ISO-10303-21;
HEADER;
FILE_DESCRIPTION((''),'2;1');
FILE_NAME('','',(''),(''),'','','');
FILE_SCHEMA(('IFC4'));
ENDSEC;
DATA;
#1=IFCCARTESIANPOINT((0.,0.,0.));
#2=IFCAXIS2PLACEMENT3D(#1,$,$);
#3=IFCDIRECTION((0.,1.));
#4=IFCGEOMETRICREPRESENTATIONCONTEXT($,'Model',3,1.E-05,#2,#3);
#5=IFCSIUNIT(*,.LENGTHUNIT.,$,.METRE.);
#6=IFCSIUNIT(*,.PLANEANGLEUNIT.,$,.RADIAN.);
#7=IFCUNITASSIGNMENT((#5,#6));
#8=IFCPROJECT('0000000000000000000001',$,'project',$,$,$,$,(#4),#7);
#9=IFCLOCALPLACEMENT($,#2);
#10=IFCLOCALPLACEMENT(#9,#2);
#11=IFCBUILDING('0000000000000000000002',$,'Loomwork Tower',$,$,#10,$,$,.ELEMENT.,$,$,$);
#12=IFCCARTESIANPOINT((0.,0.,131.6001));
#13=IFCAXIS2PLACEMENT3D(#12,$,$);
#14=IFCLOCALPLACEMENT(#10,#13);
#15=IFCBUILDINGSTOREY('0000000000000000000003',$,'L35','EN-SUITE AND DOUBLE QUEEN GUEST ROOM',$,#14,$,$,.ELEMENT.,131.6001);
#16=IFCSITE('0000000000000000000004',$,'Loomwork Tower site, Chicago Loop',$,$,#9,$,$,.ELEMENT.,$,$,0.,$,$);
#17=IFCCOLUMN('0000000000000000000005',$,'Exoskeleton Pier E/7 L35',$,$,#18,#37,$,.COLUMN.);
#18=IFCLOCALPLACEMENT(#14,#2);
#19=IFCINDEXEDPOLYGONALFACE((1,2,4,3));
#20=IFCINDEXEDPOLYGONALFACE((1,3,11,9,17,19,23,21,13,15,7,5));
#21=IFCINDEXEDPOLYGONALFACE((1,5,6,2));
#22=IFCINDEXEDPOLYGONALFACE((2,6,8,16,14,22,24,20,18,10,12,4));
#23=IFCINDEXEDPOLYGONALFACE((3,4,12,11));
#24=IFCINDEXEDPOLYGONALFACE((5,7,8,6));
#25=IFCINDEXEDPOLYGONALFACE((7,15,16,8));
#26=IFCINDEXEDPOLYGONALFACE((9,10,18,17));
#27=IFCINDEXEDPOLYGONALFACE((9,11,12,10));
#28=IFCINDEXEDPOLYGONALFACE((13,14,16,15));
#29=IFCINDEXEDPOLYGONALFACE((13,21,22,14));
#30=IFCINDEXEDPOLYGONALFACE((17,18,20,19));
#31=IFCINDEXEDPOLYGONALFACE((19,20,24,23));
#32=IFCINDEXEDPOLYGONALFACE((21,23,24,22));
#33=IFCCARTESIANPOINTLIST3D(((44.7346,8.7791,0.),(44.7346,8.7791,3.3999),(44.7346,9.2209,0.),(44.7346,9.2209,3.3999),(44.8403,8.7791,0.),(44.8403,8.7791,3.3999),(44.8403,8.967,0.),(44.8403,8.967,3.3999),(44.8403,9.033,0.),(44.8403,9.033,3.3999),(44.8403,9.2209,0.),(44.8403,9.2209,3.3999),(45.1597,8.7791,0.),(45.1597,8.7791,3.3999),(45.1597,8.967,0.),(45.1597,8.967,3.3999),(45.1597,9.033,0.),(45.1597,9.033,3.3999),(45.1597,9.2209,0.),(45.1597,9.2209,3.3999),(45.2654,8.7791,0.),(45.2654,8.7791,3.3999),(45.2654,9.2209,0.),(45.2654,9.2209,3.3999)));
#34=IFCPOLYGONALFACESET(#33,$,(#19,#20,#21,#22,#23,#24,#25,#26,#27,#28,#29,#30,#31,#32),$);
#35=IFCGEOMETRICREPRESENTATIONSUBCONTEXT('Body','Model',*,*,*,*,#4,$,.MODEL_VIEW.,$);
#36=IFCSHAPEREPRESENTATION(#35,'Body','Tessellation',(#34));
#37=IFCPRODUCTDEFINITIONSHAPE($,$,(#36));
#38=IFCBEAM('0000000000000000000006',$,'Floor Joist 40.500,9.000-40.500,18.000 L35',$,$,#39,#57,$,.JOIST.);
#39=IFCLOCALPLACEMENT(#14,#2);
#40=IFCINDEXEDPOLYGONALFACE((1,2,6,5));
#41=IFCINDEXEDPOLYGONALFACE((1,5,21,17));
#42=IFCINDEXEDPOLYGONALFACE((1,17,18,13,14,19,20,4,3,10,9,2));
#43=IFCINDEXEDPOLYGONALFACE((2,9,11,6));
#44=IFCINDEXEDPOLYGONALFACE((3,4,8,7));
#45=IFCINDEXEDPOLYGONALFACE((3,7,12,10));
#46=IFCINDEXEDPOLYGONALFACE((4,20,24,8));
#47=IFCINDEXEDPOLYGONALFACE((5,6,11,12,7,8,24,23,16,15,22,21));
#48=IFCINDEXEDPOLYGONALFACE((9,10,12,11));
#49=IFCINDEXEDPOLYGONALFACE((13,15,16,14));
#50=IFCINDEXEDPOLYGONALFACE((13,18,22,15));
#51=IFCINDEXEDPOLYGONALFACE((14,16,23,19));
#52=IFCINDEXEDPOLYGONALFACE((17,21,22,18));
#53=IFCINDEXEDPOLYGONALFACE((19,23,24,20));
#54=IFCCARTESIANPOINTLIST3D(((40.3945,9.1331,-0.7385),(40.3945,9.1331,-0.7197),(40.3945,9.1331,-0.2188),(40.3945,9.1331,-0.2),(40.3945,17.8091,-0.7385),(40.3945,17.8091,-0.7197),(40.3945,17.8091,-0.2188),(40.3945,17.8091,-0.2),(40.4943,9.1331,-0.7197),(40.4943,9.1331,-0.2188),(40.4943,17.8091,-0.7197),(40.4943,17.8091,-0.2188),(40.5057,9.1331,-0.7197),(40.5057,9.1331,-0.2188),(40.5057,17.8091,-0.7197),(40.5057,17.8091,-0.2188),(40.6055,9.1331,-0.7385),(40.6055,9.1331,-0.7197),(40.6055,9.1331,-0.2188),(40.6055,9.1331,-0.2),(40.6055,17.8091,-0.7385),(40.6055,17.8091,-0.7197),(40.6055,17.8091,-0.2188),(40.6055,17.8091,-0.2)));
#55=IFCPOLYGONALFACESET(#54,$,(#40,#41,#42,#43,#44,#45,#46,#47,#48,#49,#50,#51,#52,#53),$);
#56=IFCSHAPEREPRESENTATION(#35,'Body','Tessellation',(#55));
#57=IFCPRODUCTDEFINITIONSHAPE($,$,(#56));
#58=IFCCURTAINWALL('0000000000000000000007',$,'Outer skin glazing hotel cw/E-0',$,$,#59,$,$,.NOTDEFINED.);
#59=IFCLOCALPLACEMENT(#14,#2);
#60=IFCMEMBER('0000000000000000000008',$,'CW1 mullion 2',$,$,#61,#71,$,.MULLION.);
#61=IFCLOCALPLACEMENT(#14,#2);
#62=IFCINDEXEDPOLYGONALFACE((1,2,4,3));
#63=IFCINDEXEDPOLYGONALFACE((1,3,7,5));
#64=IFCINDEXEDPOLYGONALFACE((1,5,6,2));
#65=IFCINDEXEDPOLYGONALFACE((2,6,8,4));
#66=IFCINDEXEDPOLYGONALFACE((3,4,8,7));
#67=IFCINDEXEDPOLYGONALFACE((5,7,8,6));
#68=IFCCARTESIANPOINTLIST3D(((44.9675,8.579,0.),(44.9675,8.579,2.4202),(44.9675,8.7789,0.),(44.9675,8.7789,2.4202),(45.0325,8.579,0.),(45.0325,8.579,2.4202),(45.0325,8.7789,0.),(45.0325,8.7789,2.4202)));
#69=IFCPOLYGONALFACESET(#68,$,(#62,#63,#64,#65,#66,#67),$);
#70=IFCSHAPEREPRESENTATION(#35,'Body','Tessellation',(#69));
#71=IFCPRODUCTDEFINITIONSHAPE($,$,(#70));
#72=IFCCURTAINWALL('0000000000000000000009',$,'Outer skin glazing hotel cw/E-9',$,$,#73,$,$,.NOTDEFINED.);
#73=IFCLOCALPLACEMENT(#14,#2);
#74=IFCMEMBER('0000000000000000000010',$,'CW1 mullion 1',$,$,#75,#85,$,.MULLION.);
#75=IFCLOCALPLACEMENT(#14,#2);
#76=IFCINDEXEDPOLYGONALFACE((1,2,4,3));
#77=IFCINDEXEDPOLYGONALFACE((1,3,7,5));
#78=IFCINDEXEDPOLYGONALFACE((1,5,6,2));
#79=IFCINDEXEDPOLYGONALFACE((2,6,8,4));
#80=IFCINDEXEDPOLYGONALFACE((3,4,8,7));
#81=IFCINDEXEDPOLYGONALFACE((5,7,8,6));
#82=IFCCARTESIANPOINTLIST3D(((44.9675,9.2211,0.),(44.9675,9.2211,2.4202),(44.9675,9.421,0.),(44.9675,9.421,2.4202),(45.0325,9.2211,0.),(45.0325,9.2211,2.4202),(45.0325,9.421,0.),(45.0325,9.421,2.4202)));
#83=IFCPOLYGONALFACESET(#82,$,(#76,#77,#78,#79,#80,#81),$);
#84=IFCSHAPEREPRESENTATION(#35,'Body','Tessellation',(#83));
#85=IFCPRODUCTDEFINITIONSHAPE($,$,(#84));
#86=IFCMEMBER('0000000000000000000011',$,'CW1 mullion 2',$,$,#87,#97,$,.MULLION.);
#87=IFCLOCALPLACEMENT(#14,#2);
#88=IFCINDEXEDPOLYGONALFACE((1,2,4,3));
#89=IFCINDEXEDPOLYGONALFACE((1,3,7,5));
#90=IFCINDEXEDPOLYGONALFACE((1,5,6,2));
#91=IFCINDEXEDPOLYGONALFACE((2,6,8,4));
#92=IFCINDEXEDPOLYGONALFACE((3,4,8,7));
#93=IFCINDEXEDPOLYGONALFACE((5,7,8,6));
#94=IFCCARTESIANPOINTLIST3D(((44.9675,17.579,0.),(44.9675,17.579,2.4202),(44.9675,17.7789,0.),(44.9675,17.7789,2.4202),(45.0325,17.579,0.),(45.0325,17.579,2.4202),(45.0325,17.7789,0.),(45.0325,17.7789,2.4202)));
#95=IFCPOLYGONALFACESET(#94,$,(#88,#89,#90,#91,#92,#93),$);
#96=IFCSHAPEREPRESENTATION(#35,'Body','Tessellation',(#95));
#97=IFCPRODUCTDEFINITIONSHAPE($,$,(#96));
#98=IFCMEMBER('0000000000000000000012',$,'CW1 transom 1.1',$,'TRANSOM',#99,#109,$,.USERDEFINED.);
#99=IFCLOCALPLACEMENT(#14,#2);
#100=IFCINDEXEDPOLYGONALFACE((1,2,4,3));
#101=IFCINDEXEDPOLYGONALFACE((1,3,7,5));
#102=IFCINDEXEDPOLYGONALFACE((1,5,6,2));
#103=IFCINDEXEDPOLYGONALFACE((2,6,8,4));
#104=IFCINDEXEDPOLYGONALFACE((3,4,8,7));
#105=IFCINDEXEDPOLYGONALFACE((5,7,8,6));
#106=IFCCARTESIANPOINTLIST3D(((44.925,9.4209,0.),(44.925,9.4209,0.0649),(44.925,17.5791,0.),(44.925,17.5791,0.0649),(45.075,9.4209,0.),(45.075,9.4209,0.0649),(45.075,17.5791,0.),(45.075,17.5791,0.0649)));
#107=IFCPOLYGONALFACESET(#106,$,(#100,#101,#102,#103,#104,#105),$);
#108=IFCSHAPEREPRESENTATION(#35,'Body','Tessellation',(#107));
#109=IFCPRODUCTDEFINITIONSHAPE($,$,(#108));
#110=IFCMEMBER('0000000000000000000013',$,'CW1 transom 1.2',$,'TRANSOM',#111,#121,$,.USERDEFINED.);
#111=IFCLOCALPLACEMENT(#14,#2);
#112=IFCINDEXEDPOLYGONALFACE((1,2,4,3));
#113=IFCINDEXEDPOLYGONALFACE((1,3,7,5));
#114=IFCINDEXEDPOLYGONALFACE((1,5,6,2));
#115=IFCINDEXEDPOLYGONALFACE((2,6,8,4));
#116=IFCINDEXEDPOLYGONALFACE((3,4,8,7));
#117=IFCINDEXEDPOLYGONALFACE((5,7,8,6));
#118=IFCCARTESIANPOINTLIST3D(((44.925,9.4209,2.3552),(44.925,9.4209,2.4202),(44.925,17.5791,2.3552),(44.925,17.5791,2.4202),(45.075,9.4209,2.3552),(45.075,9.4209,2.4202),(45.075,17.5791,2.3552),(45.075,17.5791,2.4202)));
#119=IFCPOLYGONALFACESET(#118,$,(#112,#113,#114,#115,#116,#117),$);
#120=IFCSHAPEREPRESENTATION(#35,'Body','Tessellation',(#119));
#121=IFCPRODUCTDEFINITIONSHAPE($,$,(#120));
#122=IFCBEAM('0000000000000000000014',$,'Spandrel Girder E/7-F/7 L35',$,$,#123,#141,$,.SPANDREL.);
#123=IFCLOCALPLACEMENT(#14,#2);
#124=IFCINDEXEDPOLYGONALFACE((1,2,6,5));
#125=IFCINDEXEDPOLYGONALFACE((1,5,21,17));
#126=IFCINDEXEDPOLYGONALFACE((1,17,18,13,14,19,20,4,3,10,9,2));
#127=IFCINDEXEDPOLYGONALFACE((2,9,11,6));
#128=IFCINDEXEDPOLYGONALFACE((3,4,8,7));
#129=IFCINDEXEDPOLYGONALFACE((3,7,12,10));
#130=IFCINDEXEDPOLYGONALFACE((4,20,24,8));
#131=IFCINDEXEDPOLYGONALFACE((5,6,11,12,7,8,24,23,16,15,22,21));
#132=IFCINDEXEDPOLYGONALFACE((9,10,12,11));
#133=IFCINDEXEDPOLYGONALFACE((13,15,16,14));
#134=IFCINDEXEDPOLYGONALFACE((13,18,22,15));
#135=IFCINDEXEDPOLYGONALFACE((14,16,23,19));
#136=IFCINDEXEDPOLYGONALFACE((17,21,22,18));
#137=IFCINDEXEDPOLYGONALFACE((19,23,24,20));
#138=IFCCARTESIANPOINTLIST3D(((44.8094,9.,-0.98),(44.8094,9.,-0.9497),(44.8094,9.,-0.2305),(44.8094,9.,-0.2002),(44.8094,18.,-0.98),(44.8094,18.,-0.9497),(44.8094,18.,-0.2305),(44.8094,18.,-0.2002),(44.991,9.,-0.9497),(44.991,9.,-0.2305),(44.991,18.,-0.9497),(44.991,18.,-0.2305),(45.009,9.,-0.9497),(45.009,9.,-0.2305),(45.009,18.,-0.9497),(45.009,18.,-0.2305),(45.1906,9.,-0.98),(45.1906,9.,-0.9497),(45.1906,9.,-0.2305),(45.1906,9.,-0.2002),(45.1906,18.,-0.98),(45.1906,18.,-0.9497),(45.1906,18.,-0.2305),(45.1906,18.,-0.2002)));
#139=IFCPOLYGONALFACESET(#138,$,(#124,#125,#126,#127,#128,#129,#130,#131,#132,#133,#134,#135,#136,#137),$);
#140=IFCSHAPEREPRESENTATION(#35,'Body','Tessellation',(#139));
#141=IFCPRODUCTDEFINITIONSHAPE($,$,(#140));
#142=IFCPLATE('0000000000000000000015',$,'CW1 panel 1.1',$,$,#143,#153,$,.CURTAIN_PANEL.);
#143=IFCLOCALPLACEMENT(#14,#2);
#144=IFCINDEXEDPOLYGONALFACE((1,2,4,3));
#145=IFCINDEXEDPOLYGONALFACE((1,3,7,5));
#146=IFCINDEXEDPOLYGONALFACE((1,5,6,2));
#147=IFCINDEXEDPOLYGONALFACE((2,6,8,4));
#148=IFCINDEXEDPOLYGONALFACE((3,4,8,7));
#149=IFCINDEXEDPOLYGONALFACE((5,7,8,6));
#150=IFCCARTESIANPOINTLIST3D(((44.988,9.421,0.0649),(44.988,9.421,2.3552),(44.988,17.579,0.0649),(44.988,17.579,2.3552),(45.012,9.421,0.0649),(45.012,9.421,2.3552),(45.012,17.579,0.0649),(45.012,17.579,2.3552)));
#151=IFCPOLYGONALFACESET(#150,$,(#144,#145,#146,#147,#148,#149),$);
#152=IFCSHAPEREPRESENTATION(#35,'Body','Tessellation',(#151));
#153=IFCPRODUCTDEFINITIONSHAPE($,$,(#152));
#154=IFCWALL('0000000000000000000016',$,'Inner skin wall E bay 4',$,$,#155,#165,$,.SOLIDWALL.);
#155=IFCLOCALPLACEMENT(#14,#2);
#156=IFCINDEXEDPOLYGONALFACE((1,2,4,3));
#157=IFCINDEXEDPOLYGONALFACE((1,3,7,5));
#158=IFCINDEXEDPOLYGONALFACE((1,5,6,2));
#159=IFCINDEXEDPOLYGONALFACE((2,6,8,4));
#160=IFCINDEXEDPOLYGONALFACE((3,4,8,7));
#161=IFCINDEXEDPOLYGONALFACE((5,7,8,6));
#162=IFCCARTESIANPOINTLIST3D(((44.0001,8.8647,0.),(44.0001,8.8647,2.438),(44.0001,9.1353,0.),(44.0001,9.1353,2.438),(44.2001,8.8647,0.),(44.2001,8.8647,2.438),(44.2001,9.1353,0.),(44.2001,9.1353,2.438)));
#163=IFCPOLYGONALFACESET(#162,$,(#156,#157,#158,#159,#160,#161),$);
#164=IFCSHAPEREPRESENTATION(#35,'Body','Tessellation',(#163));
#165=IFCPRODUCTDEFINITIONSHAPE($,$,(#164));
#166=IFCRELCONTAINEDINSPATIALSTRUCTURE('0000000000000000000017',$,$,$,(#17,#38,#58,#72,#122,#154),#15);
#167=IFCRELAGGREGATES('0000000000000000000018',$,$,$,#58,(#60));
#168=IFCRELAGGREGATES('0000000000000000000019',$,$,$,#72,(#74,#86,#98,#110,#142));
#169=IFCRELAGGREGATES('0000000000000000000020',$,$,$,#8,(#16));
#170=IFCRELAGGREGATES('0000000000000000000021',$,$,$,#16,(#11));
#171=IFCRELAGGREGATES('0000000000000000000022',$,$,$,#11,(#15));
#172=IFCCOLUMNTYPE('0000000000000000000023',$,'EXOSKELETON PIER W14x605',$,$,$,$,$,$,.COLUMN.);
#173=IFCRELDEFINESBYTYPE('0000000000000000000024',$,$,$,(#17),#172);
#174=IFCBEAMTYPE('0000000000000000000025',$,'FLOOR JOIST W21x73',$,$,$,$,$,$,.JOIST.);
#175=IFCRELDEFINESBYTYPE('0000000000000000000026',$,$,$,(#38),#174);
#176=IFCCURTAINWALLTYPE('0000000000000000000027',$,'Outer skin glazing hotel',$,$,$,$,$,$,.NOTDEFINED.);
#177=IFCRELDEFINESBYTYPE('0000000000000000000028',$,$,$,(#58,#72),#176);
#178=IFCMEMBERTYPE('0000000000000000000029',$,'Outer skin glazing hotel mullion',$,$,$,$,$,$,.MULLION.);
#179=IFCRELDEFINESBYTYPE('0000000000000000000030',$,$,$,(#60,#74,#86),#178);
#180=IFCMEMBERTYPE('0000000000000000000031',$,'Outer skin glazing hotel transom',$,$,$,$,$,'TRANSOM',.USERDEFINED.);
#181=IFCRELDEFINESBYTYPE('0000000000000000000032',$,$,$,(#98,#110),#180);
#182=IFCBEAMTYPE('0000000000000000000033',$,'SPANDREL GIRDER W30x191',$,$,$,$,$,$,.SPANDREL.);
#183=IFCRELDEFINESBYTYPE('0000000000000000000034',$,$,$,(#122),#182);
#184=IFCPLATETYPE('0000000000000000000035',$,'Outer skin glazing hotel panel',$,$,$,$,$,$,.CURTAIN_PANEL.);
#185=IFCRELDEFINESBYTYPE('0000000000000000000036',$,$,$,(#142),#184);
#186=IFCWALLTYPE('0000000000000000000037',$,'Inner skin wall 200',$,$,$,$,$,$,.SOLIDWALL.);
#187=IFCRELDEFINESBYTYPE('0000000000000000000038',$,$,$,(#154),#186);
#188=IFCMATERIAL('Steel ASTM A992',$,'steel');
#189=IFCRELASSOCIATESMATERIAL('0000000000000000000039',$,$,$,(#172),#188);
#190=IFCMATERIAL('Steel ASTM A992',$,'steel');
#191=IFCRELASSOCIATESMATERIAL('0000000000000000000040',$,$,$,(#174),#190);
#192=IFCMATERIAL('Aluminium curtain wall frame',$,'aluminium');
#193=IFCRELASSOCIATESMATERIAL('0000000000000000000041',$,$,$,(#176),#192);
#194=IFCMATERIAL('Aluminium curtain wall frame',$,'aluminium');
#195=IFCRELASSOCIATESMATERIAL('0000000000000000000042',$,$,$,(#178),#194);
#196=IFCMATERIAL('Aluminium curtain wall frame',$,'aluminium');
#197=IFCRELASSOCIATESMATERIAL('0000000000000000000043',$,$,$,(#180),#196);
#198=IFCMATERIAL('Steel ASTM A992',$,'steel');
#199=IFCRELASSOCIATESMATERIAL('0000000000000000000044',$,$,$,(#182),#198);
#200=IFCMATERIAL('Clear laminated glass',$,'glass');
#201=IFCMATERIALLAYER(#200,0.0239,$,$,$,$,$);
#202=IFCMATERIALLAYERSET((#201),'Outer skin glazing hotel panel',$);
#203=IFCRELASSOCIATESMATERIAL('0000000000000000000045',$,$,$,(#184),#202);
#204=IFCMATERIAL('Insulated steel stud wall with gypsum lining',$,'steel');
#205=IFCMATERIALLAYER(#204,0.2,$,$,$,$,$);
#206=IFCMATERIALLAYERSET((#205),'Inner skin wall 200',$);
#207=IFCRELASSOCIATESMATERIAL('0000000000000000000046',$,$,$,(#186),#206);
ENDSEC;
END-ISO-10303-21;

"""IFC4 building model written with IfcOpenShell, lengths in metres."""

from ifc_helpers import new_model, si_unit, direction, frame, frame_2d, origin, origin_2d, place, context, subcontext, project, spatial, rectangle, i_section, extrude, material, layer, layer_set, material_profile, profile_set, type_object, element, aggregate, save


model = new_model("IFC4")

# Units and contexts
model_context = context("Model", 3, precision=1e-05, world=origin(), true_north=direction((0.0, 1.0)))
body_context = subcontext(model_context, "Body", "Model", "MODEL_VIEW")
ifc_project = project(units=[si_unit("LENGTHUNIT", "METRE"), si_unit("PLANEANGLEUNIT", "RADIAN")], contexts=[model_context])

# Site, building, storey
site_placement = place(None, origin())
site = spatial("IfcSite", under=ifc_project, at=site_placement, Name="Loomwork Tower site, Chicago Loop", CompositionType="ELEMENT", RefElevation=0.0)
building_placement = place(site_placement, origin())
building = spatial("IfcBuilding", under=site, at=building_placement, Name="Loomwork Tower", CompositionType="ELEMENT")
storey_placement = place(building_placement, frame((0.0, 0.0, 131.6001)))
storey = spatial("IfcBuildingStorey", under=building, at=storey_placement, Name="L35", Description="EN-SUITE AND DOUBLE QUEEN GUEST ROOM", CompositionType="ELEMENT", Elevation=131.6001)

# Column
ifc_material_1 = material(Name="Steel ASTM A992", Category="steel")
ifc_material_profile_1 = material_profile(ifc_material_1, i_section(OverallWidth=0.4419, OverallDepth=0.5308, WebThickness=0.0659, FlangeThickness=0.1057, at=origin_2d()), Name="W14x605")
ifc_profile_set_1 = profile_set([ifc_material_profile_1], Name="Steel ASTM A992")
column_type = type_object("IfcColumnType", Name="EXOSKELETON PIER W14x605", PredefinedType="COLUMN", material=ifc_profile_set_1)
column_placement = place(storey_placement, frame((45.0, 9.0, 0.0), z_axis=(0.0, 0.0, 1.0), x_axis=(0.0, 1.0, 0.0)))
element("IfcColumn", 1, at=column_placement, inside=storey, type_object=column_type, Name="Exoskeleton Pier E/7 L35", PredefinedType="COLUMN", context=body_context, shape_type="SweptSolid", body=[
    extrude(i_section(OverallWidth=0.4419, OverallDepth=0.5308, WebThickness=0.0659, FlangeThickness=0.1057, at=origin_2d()), origin(), (0.0, 0.0, 1.0), 3.3999),
])

# Beam
ifc_material_2 = material(Name="Steel ASTM A992", Category="steel")
ifc_material_profile_2 = material_profile(ifc_material_2, i_section(OverallWidth=0.2109, OverallDepth=0.5386, WebThickness=0.0115, FlangeThickness=0.0188, at=origin_2d()), Name="W21x73")
ifc_profile_set_2 = profile_set([ifc_material_profile_2], Name="Steel ASTM A992")
beam_type_1 = type_object("IfcBeamType", Name="FLOOR JOIST W21x73", PredefinedType="JOIST", material=ifc_profile_set_2)
beam_1_placement = place(storey_placement, frame((40.5, 9.1331, -0.4692), z_axis=(0.0, 1.0, 0.0), x_axis=(-1.0, 0.0, 0.0)))
element("IfcBeam", 2, at=beam_1_placement, inside=storey, type_object=beam_type_1, Name="Floor Joist 40.500,9.000-40.500,18.000 L35", PredefinedType="JOIST", context=body_context, shape_type="SweptSolid", body=[
    extrude(i_section(OverallWidth=0.2109, OverallDepth=0.5386, WebThickness=0.0115, FlangeThickness=0.0188, at=origin_2d()), origin(), (0.0, 0.0, 1.0), 8.676),
])

# Curtain wall, member
ifc_material_3 = material(Name="Aluminium curtain wall frame", Category="aluminium")
curtain_wall_type = type_object("IfcCurtainWallType", Name="Outer skin glazing hotel", PredefinedType="NOTDEFINED", material=ifc_material_3)
curtain_wall_1_placement = place(storey_placement, origin())
curtain_wall_1 = element("IfcCurtainWall", 3, at=curtain_wall_1_placement, inside=storey, type_object=curtain_wall_type, Name="Outer skin glazing hotel cw/E-0", PredefinedType="NOTDEFINED")
ifc_material_4 = material(Name="Aluminium curtain wall frame", Category="aluminium")
ifc_material_profile_3 = material_profile(ifc_material_4, rectangle(XDim=0.0649, YDim=0.2, at=origin_2d()), Name="AL 65x200")
ifc_profile_set_3 = profile_set([ifc_material_profile_3], Name="Aluminium curtain wall frame")
member_type_1 = type_object("IfcMemberType", Name="Outer skin glazing hotel mullion", PredefinedType="MULLION", material=ifc_profile_set_3)
member_1_placement = place(storey_placement, frame((45.0, 8.679, 0.0), z_axis=(0.0, 0.0, 1.0), x_axis=(-1.0, 0.0, 0.0)))
member_1 = element("IfcMember", 4, at=member_1_placement, type_object=member_type_1, Name="CW1 mullion 2", PredefinedType="MULLION", context=body_context, shape_type="SweptSolid", body=[
    extrude(rectangle(XDim=0.0649, YDim=0.2, at=origin_2d()), origin(), (0.0, 0.0, 1.0), 2.4202),
])
aggregate(curtain_wall_1, [member_1])

# Curtain wall, members
curtain_wall_2_placement = place(storey_placement, origin())
curtain_wall_2 = element("IfcCurtainWall", 5, at=curtain_wall_2_placement, inside=storey, type_object=curtain_wall_type, Name="Outer skin glazing hotel cw/E-9", PredefinedType="NOTDEFINED")
member_2_placement = place(storey_placement, frame((45.0, 9.321, 0.0), z_axis=(0.0, 0.0, 1.0), x_axis=(-1.0, 0.0, 0.0)))
member_2 = element("IfcMember", 6, at=member_2_placement, type_object=member_type_1, Name="CW1 mullion 1", PredefinedType="MULLION", context=body_context, shape_type="SweptSolid", body=[
    extrude(rectangle(XDim=0.0649, YDim=0.2, at=origin_2d()), origin(), (0.0, 0.0, 1.0), 2.4202),
])
member_3_placement = place(storey_placement, frame((45.0, 17.679, 0.0), z_axis=(0.0, 0.0, 1.0), x_axis=(-1.0, 0.0, 0.0)))
member_3 = element("IfcMember", 7, at=member_3_placement, type_object=member_type_1, Name="CW1 mullion 2", PredefinedType="MULLION", context=body_context, shape_type="SweptSolid", body=[
    extrude(rectangle(XDim=0.0649, YDim=0.2, at=origin_2d()), origin(), (0.0, 0.0, 1.0), 2.4202),
])
ifc_material_5 = material(Name="Aluminium curtain wall frame", Category="aluminium")
ifc_material_profile_4 = material_profile(ifc_material_5, rectangle(XDim=0.1499, YDim=0.0649, at=origin_2d()), Name="AL 65x150")
ifc_profile_set_4 = profile_set([ifc_material_profile_4], Name="Aluminium curtain wall frame")
member_type_2 = type_object("IfcMemberType", Name="Outer skin glazing hotel transom", ElementType="TRANSOM", PredefinedType="USERDEFINED", material=ifc_profile_set_4)
member_4_placement = place(storey_placement, frame((45.0, 9.4209, 0.0325), z_axis=(0.0, 1.0, 0.0), x_axis=(-1.0, 0.0, 0.0)))
member_4 = element("IfcMember", 8, at=member_4_placement, type_object=member_type_2, Name="CW1 transom 1.1", ObjectType="TRANSOM", PredefinedType="USERDEFINED", context=body_context, shape_type="SweptSolid", body=[
    extrude(rectangle(XDim=0.1499, YDim=0.0649, at=origin_2d()), origin(), (0.0, 0.0, 1.0), 8.1582),
])
member_5_placement = place(storey_placement, frame((45.0, 9.4209, 2.3877), z_axis=(0.0, 1.0, 0.0), x_axis=(-1.0, 0.0, 0.0)))
member_5 = element("IfcMember", 9, at=member_5_placement, type_object=member_type_2, Name="CW1 transom 1.2", ObjectType="TRANSOM", PredefinedType="USERDEFINED", context=body_context, shape_type="SweptSolid", body=[
    extrude(rectangle(XDim=0.1499, YDim=0.0649, at=origin_2d()), origin(), (0.0, 0.0, 1.0), 8.1582),
])

# Beam
ifc_material_6 = material(Name="Steel ASTM A992", Category="steel")
ifc_material_profile_5 = material_profile(ifc_material_6, i_section(OverallWidth=0.3811, OverallDepth=0.7798, WebThickness=0.0181, FlangeThickness=0.0303, at=origin_2d()), Name="W30x191")
ifc_profile_set_5 = profile_set([ifc_material_profile_5], Name="Steel ASTM A992")
beam_type_2 = type_object("IfcBeamType", Name="SPANDREL GIRDER W30x191", PredefinedType="SPANDREL", material=ifc_profile_set_5)
beam_2_placement = place(storey_placement, frame((45.0, 9.0, -0.5901), z_axis=(0.0, 1.0, 0.0), x_axis=(-1.0, 0.0, 0.0)))
element("IfcBeam", 10, at=beam_2_placement, inside=storey, type_object=beam_type_2, Name="Spandrel Girder E/7-F/7 L35", PredefinedType="SPANDREL", context=body_context, shape_type="SweptSolid", body=[
    extrude(i_section(OverallWidth=0.3811, OverallDepth=0.7798, WebThickness=0.0181, FlangeThickness=0.0303, at=origin_2d()), origin(), (0.0, 0.0, 1.0), 9.0),
])

# Plate
ifc_material_7 = material(Name="Clear laminated glass", Category="glass")
ifc_layer_1 = layer(ifc_material_7, 0.0239)
ifc_layer_set_1 = layer_set([ifc_layer_1], Name="Outer skin glazing hotel panel")
plate_type = type_object("IfcPlateType", Name="Outer skin glazing hotel panel", PredefinedType="CURTAIN_PANEL", material=ifc_layer_set_1)
plate_placement = place(storey_placement, frame((45.0, 13.5, 0.0649), z_axis=(0.0, 0.0, 1.0), x_axis=(0.0, 1.0, 0.0)))
plate = element("IfcPlate", 11, at=plate_placement, type_object=plate_type, Name="CW1 panel 1.1", PredefinedType="CURTAIN_PANEL", context=body_context, shape_type="SweptSolid", body=[
    extrude(rectangle(XDim=8.158, YDim=0.0239, at=origin_2d()), origin(), (0.0, 0.0, 1.0), 2.2903),
])
aggregate(curtain_wall_2, [member_2, member_3, member_4, member_5, plate])

# Wall
ifc_material_8 = material(Name="Insulated steel stud wall with gypsum lining", Category="steel")
ifc_layer_2 = layer(ifc_material_8, 0.2)
ifc_layer_set_2 = layer_set([ifc_layer_2], Name="Inner skin wall 200")
wall_type = type_object("IfcWallType", Name="Inner skin wall 200", PredefinedType="SOLIDWALL", material=ifc_layer_set_2)
wall_1_placement = place(storey_placement, frame((44.1001, 8.8647, 0.0), z_axis=(0.0, 0.0, 1.0), x_axis=(0.0, 1.0, 0.0)))
element("IfcWall", 12, at=wall_1_placement, inside=storey, type_object=wall_type, Name="Inner skin wall E bay 4", PredefinedType="SOLIDWALL", context=body_context, shape_type="SweptSolid", body=[
    extrude(rectangle(XDim=0.2705, YDim=0.2, at=frame_2d((0.1353, 0.0))), origin(), (0.0, 0.0, 1.0), 2.438),
])

save(model, "model.ifc")
